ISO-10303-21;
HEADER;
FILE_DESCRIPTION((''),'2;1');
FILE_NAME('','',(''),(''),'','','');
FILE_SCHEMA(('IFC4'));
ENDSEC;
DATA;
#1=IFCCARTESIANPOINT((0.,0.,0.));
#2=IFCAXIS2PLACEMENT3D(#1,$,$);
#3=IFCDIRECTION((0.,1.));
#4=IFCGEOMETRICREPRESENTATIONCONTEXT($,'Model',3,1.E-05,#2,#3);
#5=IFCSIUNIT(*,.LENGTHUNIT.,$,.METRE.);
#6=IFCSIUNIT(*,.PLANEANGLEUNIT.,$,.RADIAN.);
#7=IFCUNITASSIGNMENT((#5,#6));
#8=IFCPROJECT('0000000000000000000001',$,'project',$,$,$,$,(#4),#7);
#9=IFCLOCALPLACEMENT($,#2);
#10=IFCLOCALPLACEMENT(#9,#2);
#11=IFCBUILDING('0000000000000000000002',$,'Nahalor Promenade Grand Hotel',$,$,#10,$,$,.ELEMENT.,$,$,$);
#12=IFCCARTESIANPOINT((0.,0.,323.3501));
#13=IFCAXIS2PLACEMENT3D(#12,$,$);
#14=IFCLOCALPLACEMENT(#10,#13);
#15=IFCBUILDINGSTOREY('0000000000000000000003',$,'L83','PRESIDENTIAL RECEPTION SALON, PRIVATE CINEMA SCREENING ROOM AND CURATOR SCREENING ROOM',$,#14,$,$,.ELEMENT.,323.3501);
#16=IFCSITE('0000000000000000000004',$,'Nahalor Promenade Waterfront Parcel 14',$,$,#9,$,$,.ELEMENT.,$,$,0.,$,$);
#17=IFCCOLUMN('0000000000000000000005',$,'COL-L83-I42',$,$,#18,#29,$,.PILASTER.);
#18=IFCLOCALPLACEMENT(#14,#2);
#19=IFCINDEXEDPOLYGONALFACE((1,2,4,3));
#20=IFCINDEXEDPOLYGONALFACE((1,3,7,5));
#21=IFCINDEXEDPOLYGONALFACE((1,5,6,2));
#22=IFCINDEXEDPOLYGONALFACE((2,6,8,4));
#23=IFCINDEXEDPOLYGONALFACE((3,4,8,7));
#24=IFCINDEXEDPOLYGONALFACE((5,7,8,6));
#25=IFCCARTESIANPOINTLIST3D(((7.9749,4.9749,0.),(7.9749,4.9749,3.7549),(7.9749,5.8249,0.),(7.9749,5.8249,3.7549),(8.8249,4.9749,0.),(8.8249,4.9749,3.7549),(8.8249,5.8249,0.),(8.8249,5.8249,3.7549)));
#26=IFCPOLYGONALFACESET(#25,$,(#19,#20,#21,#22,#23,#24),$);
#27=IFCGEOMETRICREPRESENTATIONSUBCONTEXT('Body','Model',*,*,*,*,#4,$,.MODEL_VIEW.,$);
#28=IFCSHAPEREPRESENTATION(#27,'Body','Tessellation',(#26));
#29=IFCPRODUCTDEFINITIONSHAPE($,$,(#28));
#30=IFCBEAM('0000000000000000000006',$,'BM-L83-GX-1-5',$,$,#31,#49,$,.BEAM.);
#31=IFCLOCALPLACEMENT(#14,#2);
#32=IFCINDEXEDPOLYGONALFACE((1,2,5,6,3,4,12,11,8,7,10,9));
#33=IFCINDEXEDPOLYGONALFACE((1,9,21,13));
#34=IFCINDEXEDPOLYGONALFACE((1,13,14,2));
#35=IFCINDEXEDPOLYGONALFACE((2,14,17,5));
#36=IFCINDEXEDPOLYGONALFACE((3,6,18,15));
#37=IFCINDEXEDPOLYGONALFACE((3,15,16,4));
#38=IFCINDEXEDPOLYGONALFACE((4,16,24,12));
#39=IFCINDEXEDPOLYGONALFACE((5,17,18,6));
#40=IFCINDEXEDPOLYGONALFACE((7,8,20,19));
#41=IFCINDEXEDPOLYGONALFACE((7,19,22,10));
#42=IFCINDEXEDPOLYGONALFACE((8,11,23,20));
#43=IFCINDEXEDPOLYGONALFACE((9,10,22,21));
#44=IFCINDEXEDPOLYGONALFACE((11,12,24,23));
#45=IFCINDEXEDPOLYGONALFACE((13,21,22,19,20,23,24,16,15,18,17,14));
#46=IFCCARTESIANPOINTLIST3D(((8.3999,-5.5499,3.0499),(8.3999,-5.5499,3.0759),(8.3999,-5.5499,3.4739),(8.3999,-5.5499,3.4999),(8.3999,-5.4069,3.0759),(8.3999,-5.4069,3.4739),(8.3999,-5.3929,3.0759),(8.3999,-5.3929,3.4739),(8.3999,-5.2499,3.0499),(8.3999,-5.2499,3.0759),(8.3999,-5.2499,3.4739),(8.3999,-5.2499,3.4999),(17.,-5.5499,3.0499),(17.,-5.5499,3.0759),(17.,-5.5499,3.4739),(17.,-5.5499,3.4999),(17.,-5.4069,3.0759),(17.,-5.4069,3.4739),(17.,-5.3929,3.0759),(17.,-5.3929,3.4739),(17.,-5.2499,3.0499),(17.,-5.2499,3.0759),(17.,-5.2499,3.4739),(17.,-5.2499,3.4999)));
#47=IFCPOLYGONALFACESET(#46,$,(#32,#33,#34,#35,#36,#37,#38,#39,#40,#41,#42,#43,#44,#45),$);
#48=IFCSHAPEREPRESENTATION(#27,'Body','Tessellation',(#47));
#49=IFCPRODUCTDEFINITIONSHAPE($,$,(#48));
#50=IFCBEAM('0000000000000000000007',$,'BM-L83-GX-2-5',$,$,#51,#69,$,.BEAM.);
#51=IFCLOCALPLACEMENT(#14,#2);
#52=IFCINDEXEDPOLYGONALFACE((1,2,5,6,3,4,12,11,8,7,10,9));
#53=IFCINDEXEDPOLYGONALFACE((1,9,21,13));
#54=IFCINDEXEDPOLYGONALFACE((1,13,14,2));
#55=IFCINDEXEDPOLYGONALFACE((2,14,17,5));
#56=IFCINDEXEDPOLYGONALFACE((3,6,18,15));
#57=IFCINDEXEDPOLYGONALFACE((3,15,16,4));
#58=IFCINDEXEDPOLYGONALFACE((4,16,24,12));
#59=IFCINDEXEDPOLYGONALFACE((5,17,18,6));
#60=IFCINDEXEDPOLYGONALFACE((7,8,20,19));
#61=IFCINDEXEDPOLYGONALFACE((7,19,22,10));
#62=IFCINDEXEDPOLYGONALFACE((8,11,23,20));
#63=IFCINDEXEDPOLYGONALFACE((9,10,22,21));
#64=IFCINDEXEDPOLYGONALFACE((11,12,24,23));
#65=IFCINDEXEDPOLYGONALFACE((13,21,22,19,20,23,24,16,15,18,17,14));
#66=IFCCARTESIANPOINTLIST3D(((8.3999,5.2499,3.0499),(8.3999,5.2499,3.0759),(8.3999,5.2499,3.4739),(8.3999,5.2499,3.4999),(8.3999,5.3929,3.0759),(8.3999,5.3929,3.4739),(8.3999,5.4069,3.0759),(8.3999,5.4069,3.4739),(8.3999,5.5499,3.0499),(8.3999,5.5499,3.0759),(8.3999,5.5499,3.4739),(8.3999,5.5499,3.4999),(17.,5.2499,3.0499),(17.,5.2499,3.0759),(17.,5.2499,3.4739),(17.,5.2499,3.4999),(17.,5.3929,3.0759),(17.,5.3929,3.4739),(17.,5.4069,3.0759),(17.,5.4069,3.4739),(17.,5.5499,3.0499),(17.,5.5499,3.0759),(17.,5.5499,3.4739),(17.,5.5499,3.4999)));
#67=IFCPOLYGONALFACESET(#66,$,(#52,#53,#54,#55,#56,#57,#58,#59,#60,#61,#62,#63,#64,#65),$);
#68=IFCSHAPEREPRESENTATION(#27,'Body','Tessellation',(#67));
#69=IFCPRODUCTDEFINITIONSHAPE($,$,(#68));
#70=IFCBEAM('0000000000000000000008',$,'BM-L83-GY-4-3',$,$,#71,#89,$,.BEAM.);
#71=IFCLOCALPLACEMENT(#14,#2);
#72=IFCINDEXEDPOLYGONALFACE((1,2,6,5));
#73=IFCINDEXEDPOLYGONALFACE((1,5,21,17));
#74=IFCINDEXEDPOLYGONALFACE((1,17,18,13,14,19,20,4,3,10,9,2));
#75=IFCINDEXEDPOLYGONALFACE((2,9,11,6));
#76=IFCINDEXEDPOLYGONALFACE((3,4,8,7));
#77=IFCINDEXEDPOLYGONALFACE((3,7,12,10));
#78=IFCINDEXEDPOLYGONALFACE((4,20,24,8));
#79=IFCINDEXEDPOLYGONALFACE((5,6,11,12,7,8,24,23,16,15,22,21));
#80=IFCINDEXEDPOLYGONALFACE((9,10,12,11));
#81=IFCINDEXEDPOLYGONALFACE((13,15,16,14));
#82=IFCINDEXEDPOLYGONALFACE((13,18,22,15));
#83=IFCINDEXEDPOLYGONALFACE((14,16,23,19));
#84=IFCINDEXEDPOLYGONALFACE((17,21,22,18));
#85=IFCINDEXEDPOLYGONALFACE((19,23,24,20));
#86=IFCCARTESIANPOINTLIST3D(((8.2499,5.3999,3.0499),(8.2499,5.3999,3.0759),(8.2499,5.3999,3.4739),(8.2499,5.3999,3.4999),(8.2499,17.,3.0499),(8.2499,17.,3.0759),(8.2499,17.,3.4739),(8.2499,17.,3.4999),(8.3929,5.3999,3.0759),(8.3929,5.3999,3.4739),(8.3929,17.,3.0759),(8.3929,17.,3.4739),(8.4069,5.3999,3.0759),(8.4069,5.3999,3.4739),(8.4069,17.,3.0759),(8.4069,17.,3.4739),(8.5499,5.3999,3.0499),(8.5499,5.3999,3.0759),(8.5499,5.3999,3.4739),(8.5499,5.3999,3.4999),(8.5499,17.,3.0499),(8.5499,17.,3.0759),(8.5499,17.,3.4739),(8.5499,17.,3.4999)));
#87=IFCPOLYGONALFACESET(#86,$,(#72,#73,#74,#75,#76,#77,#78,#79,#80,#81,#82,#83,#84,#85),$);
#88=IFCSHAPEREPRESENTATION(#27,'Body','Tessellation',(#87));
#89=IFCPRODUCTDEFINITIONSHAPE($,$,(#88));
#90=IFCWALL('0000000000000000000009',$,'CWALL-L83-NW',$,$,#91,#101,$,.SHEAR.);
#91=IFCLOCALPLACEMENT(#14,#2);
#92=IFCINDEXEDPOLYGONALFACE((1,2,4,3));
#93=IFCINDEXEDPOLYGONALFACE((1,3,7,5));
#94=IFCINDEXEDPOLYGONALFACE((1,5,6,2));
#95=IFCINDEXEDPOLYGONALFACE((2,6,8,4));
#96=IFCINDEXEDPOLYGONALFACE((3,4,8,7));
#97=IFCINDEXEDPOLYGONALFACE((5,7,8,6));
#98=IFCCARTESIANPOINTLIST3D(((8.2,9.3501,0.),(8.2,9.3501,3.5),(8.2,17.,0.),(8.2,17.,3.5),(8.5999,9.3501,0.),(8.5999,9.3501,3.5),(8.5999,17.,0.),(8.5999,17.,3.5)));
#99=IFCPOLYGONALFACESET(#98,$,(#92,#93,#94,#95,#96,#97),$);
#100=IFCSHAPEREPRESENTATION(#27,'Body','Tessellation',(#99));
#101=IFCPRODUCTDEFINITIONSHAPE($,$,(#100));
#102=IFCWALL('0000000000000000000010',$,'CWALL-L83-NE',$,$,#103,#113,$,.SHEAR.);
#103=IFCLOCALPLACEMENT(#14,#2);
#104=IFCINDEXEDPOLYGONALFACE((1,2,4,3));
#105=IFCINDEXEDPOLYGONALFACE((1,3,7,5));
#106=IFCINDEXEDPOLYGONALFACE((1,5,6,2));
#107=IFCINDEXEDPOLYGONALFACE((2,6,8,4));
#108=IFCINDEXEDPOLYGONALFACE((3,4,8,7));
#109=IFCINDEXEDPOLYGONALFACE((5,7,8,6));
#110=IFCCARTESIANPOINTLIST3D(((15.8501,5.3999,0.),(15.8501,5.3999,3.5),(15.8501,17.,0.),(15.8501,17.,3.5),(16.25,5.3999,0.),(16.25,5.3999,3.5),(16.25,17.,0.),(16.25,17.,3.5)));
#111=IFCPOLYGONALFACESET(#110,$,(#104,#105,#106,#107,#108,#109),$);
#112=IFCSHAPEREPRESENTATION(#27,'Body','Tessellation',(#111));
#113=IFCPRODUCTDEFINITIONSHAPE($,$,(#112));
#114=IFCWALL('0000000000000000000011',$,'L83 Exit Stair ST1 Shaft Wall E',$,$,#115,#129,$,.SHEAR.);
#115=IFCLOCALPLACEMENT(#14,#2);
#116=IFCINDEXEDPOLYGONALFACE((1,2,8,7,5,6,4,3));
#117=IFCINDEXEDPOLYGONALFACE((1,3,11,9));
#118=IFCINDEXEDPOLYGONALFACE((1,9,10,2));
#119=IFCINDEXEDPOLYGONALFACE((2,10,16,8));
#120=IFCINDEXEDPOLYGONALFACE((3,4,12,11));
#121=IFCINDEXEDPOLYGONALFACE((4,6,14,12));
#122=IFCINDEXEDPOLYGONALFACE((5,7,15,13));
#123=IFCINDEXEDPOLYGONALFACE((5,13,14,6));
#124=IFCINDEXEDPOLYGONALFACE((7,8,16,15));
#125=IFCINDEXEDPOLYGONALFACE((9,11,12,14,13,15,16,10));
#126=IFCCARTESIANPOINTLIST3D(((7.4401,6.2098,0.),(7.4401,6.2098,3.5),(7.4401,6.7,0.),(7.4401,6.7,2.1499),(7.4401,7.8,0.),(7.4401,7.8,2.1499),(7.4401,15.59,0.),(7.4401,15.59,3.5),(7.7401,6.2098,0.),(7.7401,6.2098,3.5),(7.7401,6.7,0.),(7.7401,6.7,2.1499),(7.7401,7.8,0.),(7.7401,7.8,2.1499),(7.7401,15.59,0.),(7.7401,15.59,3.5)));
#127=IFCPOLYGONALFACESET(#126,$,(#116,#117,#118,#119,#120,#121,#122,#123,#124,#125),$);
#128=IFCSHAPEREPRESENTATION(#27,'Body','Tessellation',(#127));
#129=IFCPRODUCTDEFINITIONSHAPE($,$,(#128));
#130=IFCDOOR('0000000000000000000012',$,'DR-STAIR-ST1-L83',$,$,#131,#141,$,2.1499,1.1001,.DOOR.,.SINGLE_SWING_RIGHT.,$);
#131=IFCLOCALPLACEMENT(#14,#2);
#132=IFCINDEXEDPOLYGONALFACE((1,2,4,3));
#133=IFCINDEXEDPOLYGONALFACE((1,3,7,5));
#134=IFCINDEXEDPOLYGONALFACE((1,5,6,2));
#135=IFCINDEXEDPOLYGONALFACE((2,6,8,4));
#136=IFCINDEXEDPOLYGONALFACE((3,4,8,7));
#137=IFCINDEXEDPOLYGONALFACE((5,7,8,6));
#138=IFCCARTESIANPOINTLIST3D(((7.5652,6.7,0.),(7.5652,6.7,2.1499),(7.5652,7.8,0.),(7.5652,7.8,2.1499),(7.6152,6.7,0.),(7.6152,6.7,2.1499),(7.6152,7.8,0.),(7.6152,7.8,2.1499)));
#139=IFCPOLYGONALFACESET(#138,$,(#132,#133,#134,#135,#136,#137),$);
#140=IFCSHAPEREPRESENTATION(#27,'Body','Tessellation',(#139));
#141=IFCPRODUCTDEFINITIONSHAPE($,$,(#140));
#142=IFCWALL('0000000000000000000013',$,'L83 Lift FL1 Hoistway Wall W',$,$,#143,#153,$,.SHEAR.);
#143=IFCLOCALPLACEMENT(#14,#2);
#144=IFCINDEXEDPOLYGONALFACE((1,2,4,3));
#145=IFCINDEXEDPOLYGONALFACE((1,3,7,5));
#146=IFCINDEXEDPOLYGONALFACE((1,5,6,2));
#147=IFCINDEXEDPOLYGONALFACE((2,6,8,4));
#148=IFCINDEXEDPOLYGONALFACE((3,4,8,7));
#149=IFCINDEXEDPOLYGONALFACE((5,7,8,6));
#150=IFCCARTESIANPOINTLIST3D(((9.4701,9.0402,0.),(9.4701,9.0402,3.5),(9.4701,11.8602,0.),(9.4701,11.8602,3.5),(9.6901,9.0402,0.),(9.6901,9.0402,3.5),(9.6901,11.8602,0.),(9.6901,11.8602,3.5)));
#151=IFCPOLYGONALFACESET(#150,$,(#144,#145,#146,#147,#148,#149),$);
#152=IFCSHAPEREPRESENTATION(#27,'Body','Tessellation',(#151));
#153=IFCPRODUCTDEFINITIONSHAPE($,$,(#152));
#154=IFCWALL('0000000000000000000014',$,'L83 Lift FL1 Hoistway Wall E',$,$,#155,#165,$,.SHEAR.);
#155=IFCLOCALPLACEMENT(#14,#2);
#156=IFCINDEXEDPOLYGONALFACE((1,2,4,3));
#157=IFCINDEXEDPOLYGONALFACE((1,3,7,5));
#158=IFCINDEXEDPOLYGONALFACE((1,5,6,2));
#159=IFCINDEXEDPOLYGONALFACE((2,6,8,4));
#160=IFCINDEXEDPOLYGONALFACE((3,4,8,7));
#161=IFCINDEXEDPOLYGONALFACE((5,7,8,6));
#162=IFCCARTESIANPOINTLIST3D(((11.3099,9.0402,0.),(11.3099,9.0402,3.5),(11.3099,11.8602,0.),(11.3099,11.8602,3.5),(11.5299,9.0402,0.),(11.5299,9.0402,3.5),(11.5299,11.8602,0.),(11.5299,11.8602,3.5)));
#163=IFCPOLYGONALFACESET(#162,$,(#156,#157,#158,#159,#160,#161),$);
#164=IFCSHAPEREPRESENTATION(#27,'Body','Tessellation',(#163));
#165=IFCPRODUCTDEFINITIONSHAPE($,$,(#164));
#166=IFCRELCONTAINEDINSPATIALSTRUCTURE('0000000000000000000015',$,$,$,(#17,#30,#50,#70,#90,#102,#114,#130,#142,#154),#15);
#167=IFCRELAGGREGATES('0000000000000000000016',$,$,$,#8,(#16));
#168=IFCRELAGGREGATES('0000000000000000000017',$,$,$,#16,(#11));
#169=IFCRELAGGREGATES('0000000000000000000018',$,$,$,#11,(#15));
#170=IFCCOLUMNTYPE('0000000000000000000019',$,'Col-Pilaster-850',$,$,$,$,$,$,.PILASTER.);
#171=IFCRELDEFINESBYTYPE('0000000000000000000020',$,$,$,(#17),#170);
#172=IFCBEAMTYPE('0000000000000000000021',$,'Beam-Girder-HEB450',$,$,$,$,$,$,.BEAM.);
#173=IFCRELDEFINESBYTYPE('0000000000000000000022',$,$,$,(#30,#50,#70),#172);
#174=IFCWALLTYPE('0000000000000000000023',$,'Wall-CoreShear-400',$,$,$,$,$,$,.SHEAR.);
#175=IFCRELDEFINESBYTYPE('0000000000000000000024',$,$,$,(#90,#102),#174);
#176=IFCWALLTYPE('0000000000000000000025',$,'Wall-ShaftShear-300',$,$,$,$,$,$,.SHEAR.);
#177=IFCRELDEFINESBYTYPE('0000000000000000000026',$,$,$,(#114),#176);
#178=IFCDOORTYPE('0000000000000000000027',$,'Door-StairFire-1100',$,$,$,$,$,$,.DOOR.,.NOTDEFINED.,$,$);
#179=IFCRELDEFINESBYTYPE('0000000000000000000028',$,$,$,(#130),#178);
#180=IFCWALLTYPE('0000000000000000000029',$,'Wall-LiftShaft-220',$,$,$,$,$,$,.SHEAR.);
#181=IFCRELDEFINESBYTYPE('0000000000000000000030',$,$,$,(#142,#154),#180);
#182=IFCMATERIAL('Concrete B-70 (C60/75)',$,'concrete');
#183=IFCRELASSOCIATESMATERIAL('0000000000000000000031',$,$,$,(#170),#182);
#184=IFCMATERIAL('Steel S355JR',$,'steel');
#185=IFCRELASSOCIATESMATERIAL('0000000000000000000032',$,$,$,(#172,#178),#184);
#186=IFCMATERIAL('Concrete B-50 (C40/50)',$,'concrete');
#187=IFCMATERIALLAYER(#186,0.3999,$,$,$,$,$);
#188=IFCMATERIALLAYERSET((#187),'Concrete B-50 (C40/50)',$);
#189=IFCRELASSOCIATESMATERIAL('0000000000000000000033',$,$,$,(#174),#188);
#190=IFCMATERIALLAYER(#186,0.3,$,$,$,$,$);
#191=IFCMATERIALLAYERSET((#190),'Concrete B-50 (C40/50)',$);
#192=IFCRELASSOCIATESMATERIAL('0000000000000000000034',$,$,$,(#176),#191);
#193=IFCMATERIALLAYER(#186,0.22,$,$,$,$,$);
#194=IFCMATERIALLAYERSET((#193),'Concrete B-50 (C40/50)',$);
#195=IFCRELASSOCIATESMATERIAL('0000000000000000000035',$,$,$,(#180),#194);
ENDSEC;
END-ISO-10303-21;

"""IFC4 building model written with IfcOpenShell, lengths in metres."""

from ifc_helpers import new_model, si_unit, direction, frame, frame_2d, origin, origin_2d, place, context, subcontext, project, spatial, rectangle, i_section, extrude, source, transform, mapped, material, layer, layer_set, material_profile, profile_set, type_object, element, fill, save


model = new_model("IFC4")

# Units and contexts
model_context = context("Model", 3, precision=1e-05, world=origin(), true_north=direction((0.0, 1.0)))
body_context = subcontext(model_context, "Body", "Model", "MODEL_VIEW")
ifc_project = project(units=[si_unit("LENGTHUNIT", "METRE"), si_unit("PLANEANGLEUNIT", "RADIAN")], contexts=[model_context])

# Site, building, storey
site_placement = place(None, origin())
site = spatial("IfcSite", under=ifc_project, at=site_placement, Name="Nahalor Promenade Waterfront Parcel 14", CompositionType="ELEMENT", RefElevation=0.0)
building_placement = place(site_placement, origin())
building = spatial("IfcBuilding", under=site, at=building_placement, Name="Nahalor Promenade Grand Hotel", CompositionType="ELEMENT")
storey_placement = place(building_placement, frame((0.0, 0.0, 323.3501)))
storey = spatial("IfcBuildingStorey", under=building, at=storey_placement, Name="L83", Description="PRESIDENTIAL RECEPTION SALON, PRIVATE CINEMA SCREENING ROOM AND CURATOR SCREENING ROOM", CompositionType="ELEMENT", Elevation=323.3501)

# Column
ifc_material_1 = material(Name="Concrete B-70 (C60/75)", Category="concrete")
ifc_material_profile_1 = material_profile(ifc_material_1, rectangle(XDim=0.85, YDim=0.85, at=origin_2d()), Name="RC 850x850")
ifc_profile_set_1 = profile_set([ifc_material_profile_1], Name="Concrete B-70 (C60/75)")
column_type = type_object("IfcColumnType", Name="Col-Pilaster-850", PredefinedType="PILASTER", material=ifc_profile_set_1)
shared_shape_1 = source(origin(), body_context, "Body", "SweptSolid", [
    extrude(rectangle(XDim=0.85, YDim=0.85, at=origin_2d()), origin(), (0.0, 0.0, 1.0), 3.7549),
])
column_placement = place(storey_placement, frame((8.3999, 5.3999, 0.0), z_axis=(0.0, 0.0, 1.0), x_axis=(1.0, 0.0, 0.0)))
element("IfcColumn", 1, at=column_placement, inside=storey, type_object=column_type, Name="COL-L83-I42", PredefinedType="PILASTER", context=body_context, shape_type="MappedRepresentation", body=[
    mapped(shared_shape_1, transform((0.0, 0.0, 0.0), scale=1.0)),
])

# Beams
ifc_material_2 = material(Name="Steel S355JR", Category="steel")
ifc_material_profile_2 = material_profile(ifc_material_2, i_section(OverallWidth=0.3, OverallDepth=0.45, WebThickness=0.014, FlangeThickness=0.026, at=origin_2d()), Name="HEB 450")
ifc_profile_set_2 = profile_set([ifc_material_profile_2], Name="Steel S355JR")
beam_type = type_object("IfcBeamType", Name="Beam-Girder-HEB450", PredefinedType="BEAM", material=ifc_profile_set_2)
shared_shape_2 = source(origin(), body_context, "Body", "SweptSolid", [
    extrude(i_section(OverallWidth=0.3, OverallDepth=0.45, WebThickness=0.014, FlangeThickness=0.026, at=origin_2d()), origin(), (0.0, 0.0, 1.0), 8.6001),
])
for number, where, z_axis, x_axis, name in (
    (2, (8.3999, -5.3999, 3.2749), (1.0, 0.0, 0.0), (0.0, 1.0, 0.0), "BM-L83-GX-1-5"),
    (3, (8.3999, 5.3999, 3.2749), (1.0, 0.0, 0.0), (0.0, 1.0, 0.0), "BM-L83-GX-2-5"),
):
    element("IfcBeam", number, at=place(storey_placement, frame(where, z_axis=z_axis, x_axis=x_axis)), inside=storey, type_object=beam_type, Name=name, PredefinedType="BEAM", context=body_context, shape_type="MappedRepresentation", body=[
        mapped(shared_shape_2, transform((0.0, 0.0, 0.0), scale=1.0)),
    ])
shared_shape_3 = source(origin(), body_context, "Body", "SweptSolid", [
    extrude(i_section(OverallWidth=0.3, OverallDepth=0.45, WebThickness=0.014, FlangeThickness=0.026, at=origin_2d()), origin(), (0.0, 0.0, 1.0), 11.6001),
])
beam_placement = place(storey_placement, frame((8.3999, 5.3999, 3.2749), z_axis=(0.0, 1.0, 0.0), x_axis=(-1.0, 0.0, 0.0)))
element("IfcBeam", 4, at=beam_placement, inside=storey, type_object=beam_type, Name="BM-L83-GY-4-3", PredefinedType="BEAM", context=body_context, shape_type="MappedRepresentation", body=[
    mapped(shared_shape_3, transform((0.0, 0.0, 0.0), scale=1.0)),
])

# Walls
ifc_material_3 = material(Name="Concrete B-50 (C40/50)", Category="concrete")
ifc_layer_1 = layer(ifc_material_3, 0.3999)
ifc_layer_set_1 = layer_set([ifc_layer_1], Name="Concrete B-50 (C40/50)")
wall_type_1 = type_object("IfcWallType", Name="Wall-CoreShear-400", PredefinedType="SHEAR", material=ifc_layer_set_1)
shared_shape_4 = source(origin(), body_context, "Body", "SweptSolid", [
    extrude(rectangle(XDim=7.6499, YDim=0.3999, at=frame_2d((3.825, 0.0))), origin(), (0.0, 0.0, 1.0), 3.5),
])
wall_1_placement = place(storey_placement, frame((8.3999, 9.3501, 0.0), z_axis=(0.0, 0.0, 1.0), x_axis=(0.0, 1.0, 0.0)))
element("IfcWall", 5, at=wall_1_placement, inside=storey, type_object=wall_type_1, Name="CWALL-L83-NW", PredefinedType="SHEAR", context=body_context, shape_type="MappedRepresentation", body=[
    mapped(shared_shape_4, transform((0.0, 0.0, 0.0), scale=1.0)),
])
shared_shape_5 = source(origin(), body_context, "Body", "SweptSolid", [
    extrude(rectangle(XDim=11.6001, YDim=0.3999, at=frame_2d((5.8, 0.0))), origin(), (0.0, 0.0, 1.0), 3.5),
])
wall_2_placement = place(storey_placement, frame((16.05, 5.3999, 0.0), z_axis=(0.0, 0.0, 1.0), x_axis=(0.0, 1.0, 0.0)))
element("IfcWall", 6, at=wall_2_placement, inside=storey, type_object=wall_type_1, Name="CWALL-L83-NE", PredefinedType="SHEAR", context=body_context, shape_type="MappedRepresentation", body=[
    mapped(shared_shape_5, transform((0.0, 0.0, 0.0), scale=1.0)),
])

# Wall, opening, door
ifc_layer_2 = layer(ifc_material_3, 0.3)
ifc_layer_set_2 = layer_set([ifc_layer_2], Name="Concrete B-50 (C40/50)")
wall_type_2 = type_object("IfcWallType", Name="Wall-ShaftShear-300", PredefinedType="SHEAR", material=ifc_layer_set_2)
shared_shape_6 = source(origin(), body_context, "Body", "SweptSolid", [
    extrude(rectangle(XDim=9.3801, YDim=0.3, at=frame_2d((4.6899, 0.0))), origin(), (0.0, 0.0, 1.0), 3.5),
])
wall_3_placement = place(storey_placement, frame((7.5901, 6.21, 0.0), z_axis=(0.0, 0.0, 1.0), x_axis=(0.0, 1.0, 0.0)))
wall_3 = element("IfcWall", 7, at=wall_3_placement, inside=storey, type_object=wall_type_2, Name="L83 Exit Stair ST1 Shaft Wall E", PredefinedType="SHEAR", context=body_context, shape_type="MappedRepresentation", body=[
    mapped(shared_shape_6, transform((0.0, 0.0, 0.0), scale=1.0)),
])
opening_1_placement = place(wall_3_placement, frame((0.49, 0.0, 0.0)))
opening_1 = element("IfcOpeningElement", 8, at=opening_1_placement, cuts=wall_3, PredefinedType="OPENING", context=body_context, shape_type="SweptSolid", body=[
    extrude(rectangle(XDim=1.1001, YDim=2.1499, at=frame_2d((0.55, 1.075))), frame((0.0, 0.1599, 0.0), z_axis=(0.0, -1.0, 0.0), x_axis=(1.0, 0.0, 0.0)), (0.0, 0.0, 1.0), 0.3201),
])
door_type_1 = type_object("IfcDoorType", Name="Door-StairFire-1100", OperationType="NOTDEFINED", PredefinedType="DOOR", material=ifc_material_2)
shared_shape_7 = source(origin(), body_context, "Body", "SweptSolid", [
    extrude(rectangle(XDim=1.1001, YDim=2.1499, at=frame_2d((0.55, 1.075))), frame((0.0, 0.0249, 0.0), z_axis=(0.0, -1.0, 0.0), x_axis=(1.0, 0.0, 0.0)), (0.0, 0.0, 1.0), 0.05),
])
door_1_placement = place(opening_1_placement, origin())
door_1 = element("IfcDoor", 9, at=door_1_placement, inside=storey, type_object=door_type_1, Name="DR-STAIR-ST1-L83", OperationType="SINGLE_SWING_RIGHT", OverallHeight=2.1499, OverallWidth=1.1001, PredefinedType="DOOR", context=body_context, shape_type="MappedRepresentation", body=[
    mapped(shared_shape_7, transform((0.0, 0.0, 0.0), scale=1.0)),
])
fill(opening_1, door_1)

# Walls
ifc_layer_3 = layer(ifc_material_3, 0.22)
ifc_layer_set_3 = layer_set([ifc_layer_3], Name="Concrete B-50 (C40/50)")
wall_type_3 = type_object("IfcWallType", Name="Wall-LiftShaft-220", PredefinedType="SHEAR", material=ifc_layer_set_3)
shared_shape_8 = source(origin(), body_context, "Body", "SweptSolid", [
    extrude(rectangle(XDim=2.8201, YDim=0.22, at=frame_2d((1.4102, 0.0))), origin(), (0.0, 0.0, 1.0), 3.5),
])
for number, where, z_axis, x_axis, name in (
    (10, (9.5801, 9.04, 0.0), (0.0, 0.0, 1.0), (0.0, 1.0, 0.0), "L83 Lift FL1 Hoistway Wall W"),
    (11, (11.4199, 9.04, 0.0), (0.0, 0.0, 1.0), (0.0, 1.0, 0.0), "L83 Lift FL1 Hoistway Wall E"),
):
    element("IfcWall", number, at=place(storey_placement, frame(where, z_axis=z_axis, x_axis=x_axis)), inside=storey, type_object=wall_type_3, Name=name, PredefinedType="SHEAR", context=body_context, shape_type="MappedRepresentation", body=[
        mapped(shared_shape_8, transform((0.0, 0.0, 0.0), scale=1.0)),
    ])

save(model, "model.ifc")
